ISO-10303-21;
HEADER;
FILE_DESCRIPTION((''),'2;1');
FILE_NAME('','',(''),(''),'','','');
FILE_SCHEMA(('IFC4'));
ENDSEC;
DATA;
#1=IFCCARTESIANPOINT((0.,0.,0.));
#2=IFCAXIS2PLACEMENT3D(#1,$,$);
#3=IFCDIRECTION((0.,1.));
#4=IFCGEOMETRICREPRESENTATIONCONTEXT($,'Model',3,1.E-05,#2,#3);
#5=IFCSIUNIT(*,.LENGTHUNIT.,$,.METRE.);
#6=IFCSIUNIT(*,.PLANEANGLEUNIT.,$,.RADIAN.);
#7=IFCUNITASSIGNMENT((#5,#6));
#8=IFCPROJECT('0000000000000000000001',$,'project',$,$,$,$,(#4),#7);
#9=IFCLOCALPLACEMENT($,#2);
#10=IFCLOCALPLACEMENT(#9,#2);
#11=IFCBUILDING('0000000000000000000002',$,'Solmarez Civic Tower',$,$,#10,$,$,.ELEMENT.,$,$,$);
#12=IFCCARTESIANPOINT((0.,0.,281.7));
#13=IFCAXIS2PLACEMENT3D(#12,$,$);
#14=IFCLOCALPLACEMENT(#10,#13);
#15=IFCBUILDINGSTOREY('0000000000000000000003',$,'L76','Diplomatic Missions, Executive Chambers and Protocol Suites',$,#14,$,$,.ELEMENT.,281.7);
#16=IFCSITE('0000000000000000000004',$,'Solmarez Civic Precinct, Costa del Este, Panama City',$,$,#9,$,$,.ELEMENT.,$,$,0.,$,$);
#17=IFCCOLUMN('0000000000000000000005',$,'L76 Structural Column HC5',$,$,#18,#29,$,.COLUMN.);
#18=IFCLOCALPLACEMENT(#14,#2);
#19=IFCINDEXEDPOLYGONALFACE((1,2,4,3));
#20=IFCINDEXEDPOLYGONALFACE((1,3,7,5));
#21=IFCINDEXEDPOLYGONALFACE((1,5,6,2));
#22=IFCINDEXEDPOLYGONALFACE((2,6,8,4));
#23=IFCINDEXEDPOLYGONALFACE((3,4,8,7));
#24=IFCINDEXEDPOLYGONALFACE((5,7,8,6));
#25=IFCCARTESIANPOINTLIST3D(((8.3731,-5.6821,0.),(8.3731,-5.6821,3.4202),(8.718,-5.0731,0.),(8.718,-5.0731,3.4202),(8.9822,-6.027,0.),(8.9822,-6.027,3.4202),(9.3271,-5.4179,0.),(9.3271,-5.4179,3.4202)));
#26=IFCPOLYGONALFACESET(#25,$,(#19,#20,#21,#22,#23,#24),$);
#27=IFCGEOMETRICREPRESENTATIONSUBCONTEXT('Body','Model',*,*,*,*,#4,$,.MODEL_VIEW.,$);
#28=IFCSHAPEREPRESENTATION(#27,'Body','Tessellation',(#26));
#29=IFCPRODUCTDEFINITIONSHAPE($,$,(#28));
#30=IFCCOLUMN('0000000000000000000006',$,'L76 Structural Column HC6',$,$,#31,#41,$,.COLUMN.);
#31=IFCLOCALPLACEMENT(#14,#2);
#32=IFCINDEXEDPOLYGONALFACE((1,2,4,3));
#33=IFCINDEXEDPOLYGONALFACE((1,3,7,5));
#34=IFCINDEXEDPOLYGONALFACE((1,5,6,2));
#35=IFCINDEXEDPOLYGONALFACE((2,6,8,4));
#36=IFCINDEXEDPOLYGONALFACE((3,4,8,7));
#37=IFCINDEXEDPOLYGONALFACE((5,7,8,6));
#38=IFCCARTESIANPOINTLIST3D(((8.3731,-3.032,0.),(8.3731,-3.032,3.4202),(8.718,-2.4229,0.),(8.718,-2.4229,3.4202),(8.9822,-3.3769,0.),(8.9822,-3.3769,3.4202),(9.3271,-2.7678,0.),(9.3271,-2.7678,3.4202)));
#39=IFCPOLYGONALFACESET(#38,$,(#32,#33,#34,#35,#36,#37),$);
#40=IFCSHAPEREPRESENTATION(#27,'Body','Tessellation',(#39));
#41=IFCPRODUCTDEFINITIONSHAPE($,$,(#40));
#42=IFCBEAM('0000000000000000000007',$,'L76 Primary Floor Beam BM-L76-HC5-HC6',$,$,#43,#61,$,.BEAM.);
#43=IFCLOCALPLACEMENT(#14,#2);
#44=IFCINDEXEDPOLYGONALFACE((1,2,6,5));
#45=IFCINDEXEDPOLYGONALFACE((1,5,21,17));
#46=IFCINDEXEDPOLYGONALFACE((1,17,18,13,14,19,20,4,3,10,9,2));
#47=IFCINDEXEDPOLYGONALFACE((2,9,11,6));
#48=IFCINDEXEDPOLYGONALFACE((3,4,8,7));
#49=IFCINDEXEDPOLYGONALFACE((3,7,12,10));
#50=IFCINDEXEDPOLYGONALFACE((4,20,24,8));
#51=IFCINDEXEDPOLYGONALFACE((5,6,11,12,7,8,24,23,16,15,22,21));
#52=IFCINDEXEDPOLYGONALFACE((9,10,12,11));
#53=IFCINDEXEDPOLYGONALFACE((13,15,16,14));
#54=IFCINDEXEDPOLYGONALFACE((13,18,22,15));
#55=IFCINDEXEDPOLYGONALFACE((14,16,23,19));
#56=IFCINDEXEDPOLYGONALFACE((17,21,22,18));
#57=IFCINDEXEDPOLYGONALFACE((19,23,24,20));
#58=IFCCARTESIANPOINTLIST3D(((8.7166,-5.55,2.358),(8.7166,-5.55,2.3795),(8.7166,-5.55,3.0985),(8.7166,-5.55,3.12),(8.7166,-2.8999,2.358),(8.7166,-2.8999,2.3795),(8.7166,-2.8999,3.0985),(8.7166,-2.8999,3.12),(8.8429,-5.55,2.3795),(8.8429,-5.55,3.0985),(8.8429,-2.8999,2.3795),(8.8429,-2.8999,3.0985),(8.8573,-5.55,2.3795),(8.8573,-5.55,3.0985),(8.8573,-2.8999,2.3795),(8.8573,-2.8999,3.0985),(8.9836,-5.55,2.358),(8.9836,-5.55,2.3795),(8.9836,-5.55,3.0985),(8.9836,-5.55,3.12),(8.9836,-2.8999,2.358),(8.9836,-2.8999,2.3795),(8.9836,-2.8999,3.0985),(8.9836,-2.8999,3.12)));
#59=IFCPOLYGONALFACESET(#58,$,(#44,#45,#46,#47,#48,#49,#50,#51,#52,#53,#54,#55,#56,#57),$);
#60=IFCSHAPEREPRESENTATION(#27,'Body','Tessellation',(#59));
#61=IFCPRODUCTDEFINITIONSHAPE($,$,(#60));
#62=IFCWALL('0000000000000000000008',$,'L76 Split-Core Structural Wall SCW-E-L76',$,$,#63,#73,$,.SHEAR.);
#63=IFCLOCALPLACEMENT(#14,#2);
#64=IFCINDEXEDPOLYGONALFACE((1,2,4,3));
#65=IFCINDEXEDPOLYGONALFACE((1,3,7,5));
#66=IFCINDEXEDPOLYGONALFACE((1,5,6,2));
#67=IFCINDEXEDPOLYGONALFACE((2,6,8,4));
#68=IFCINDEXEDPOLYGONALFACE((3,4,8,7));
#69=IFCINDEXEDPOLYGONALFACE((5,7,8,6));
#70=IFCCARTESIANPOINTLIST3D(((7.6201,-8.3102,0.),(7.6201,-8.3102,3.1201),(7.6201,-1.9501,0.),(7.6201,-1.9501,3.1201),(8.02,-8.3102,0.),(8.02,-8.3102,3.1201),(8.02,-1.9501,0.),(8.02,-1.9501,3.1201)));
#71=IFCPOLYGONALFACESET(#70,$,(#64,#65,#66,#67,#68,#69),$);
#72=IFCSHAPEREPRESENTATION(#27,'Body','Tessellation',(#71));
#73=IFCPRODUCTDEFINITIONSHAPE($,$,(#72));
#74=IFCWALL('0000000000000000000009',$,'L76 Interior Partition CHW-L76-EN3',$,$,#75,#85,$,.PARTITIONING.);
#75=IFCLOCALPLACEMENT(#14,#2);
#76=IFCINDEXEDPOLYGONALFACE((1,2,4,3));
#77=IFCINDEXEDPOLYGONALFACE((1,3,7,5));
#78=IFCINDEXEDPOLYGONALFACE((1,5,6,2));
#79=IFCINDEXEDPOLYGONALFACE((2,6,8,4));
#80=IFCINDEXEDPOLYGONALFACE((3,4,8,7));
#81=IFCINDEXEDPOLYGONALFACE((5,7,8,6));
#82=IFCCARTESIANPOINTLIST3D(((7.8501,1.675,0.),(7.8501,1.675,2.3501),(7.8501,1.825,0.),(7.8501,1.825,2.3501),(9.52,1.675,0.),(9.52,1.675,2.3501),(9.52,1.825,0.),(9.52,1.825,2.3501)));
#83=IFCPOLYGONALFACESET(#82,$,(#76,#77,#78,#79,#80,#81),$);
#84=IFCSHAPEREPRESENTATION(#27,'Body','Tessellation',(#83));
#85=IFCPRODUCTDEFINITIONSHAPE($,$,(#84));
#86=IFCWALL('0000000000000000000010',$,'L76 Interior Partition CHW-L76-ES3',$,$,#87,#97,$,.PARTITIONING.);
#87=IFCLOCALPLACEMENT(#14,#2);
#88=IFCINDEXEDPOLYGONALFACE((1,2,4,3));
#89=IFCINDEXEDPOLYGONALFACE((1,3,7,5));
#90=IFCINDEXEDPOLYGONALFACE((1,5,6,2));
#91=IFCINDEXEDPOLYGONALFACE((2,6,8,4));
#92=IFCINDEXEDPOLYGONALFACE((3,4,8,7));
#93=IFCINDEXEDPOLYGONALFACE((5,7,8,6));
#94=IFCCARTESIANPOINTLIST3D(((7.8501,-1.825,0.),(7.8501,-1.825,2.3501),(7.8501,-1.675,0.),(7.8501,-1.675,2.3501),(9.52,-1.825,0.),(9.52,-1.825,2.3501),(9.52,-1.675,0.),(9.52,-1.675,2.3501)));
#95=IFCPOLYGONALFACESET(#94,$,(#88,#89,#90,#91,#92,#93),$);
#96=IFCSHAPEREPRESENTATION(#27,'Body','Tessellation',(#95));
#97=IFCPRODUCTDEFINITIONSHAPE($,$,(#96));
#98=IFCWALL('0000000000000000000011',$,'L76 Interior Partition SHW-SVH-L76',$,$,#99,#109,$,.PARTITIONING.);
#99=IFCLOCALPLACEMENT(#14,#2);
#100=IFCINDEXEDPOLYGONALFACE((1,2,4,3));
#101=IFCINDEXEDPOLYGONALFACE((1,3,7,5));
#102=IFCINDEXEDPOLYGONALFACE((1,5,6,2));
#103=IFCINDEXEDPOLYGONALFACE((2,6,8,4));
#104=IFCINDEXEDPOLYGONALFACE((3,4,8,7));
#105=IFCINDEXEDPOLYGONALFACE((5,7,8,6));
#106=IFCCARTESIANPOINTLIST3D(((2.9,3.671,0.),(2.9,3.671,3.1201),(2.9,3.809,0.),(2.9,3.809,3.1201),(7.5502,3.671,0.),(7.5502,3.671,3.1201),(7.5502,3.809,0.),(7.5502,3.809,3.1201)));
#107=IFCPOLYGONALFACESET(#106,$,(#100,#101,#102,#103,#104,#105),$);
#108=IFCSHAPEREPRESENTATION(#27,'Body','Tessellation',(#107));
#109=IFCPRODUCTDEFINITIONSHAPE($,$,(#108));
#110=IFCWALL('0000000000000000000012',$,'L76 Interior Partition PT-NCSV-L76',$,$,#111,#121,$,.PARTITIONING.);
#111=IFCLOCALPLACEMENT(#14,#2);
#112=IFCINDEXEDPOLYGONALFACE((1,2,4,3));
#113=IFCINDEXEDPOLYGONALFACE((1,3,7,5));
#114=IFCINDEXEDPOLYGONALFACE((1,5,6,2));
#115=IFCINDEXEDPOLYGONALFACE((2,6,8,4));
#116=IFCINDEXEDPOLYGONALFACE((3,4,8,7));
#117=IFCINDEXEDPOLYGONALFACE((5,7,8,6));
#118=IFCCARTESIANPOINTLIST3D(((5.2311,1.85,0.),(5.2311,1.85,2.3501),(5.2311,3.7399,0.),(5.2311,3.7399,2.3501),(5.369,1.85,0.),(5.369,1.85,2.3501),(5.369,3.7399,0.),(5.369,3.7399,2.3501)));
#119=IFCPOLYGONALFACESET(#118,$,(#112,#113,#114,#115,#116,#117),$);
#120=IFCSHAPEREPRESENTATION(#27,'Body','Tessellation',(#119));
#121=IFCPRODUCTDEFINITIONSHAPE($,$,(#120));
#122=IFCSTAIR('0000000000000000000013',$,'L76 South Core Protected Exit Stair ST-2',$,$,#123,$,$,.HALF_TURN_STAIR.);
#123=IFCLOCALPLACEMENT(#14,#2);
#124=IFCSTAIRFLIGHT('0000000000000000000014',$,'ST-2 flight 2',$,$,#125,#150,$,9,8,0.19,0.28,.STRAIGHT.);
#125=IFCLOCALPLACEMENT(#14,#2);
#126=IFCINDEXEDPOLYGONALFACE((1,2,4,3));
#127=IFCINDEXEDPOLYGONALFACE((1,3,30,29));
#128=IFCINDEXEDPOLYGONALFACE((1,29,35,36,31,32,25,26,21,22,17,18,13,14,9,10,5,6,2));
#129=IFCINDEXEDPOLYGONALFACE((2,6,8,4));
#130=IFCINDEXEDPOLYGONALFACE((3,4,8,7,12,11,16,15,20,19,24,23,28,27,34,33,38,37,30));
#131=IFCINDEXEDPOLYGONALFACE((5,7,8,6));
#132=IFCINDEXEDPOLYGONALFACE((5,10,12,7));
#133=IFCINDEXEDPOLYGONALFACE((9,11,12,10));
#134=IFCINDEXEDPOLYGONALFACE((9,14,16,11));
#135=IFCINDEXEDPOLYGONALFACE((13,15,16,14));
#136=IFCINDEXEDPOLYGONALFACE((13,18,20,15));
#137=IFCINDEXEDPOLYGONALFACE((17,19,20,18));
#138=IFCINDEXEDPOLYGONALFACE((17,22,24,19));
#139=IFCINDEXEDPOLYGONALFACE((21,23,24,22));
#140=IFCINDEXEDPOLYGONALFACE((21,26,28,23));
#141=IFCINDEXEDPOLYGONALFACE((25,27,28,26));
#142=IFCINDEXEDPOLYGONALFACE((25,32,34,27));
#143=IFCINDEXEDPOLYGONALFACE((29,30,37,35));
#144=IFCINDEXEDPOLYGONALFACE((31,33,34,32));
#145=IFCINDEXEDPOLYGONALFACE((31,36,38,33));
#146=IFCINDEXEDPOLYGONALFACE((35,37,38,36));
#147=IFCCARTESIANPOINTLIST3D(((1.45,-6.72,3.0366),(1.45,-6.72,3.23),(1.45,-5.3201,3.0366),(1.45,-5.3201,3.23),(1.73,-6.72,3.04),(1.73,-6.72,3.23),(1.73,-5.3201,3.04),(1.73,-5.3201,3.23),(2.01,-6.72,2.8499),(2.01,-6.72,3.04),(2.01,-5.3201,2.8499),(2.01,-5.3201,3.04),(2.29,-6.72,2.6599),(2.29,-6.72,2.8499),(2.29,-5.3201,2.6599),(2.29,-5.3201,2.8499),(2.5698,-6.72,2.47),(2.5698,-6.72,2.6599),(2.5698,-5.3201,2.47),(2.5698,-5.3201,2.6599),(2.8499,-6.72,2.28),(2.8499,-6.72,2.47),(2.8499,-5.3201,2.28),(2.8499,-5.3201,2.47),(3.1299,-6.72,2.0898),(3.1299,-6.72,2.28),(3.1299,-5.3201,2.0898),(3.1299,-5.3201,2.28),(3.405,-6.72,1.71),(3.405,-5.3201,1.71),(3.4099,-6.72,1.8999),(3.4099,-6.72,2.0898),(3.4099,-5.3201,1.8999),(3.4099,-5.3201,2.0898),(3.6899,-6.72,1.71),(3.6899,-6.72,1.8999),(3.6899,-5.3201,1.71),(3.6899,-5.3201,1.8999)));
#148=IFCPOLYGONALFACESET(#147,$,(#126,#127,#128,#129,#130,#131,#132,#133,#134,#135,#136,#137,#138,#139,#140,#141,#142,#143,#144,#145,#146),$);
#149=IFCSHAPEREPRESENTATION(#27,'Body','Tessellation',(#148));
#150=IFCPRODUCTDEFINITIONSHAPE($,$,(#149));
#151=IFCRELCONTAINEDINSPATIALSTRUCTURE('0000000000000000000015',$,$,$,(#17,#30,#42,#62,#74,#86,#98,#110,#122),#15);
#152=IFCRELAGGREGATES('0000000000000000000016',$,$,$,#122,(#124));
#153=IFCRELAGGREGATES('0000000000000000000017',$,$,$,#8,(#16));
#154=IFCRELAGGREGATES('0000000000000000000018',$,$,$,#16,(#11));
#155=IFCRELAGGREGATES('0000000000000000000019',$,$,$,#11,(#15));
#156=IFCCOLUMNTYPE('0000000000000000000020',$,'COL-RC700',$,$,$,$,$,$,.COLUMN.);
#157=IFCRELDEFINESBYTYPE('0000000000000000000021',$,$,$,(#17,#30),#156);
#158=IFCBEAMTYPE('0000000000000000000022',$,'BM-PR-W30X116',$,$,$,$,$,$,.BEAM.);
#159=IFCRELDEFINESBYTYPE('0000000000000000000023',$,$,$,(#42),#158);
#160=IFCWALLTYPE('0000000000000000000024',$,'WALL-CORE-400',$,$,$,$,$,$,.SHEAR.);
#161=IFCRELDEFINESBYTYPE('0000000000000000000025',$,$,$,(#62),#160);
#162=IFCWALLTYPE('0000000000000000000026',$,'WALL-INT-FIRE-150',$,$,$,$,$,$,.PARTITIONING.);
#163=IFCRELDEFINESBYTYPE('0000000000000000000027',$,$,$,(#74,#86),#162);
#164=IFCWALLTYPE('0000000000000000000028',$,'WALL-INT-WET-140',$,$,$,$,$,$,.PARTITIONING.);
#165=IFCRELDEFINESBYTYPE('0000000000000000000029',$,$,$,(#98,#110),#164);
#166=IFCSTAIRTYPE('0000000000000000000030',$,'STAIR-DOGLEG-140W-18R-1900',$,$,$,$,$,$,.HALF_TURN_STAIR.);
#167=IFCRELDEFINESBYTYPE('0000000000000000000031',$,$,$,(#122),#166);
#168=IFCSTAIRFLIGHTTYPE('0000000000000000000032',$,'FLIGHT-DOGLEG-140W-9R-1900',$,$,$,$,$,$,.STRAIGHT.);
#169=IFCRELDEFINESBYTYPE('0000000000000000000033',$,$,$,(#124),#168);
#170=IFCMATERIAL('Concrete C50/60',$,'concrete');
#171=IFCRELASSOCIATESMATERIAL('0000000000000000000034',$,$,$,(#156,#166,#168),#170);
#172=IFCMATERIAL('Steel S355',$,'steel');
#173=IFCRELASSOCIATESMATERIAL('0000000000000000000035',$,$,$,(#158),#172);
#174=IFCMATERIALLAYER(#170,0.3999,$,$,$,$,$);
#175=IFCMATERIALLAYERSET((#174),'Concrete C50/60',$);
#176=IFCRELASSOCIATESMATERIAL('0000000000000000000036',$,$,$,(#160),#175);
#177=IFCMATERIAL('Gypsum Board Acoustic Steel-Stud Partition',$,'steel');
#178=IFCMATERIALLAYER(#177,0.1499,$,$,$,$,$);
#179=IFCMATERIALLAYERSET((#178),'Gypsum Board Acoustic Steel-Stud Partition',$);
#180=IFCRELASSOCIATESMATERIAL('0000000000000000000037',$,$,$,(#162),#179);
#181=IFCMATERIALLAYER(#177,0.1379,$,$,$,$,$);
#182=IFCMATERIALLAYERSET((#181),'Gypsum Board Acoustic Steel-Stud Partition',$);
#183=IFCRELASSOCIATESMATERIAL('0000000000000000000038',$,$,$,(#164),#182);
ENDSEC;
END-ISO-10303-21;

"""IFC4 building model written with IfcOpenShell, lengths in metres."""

from ifc_helpers import new_model, si_unit, direction, frame, frame_2d, origin, origin_2d, place, context, subcontext, project, spatial, polyline, rectangle, i_section, outline, extrude, material, layer, layer_set, material_profile, profile_set, type_object, element, aggregate, save


model = new_model("IFC4")

# Units and contexts
model_context = context("Model", 3, precision=1e-05, world=origin(), true_north=direction((0.0, 1.0)))
body_context = subcontext(model_context, "Body", "Model", "MODEL_VIEW")
ifc_project = project(units=[si_unit("LENGTHUNIT", "METRE"), si_unit("PLANEANGLEUNIT", "RADIAN")], contexts=[model_context])

# Site, building, storey
site_placement = place(None, origin())
site = spatial("IfcSite", under=ifc_project, at=site_placement, Name="Solmarez Civic Precinct, Costa del Este, Panama City", CompositionType="ELEMENT", RefElevation=0.0)
building_placement = place(site_placement, origin())
building = spatial("IfcBuilding", under=site, at=building_placement, Name="Solmarez Civic Tower", CompositionType="ELEMENT")
storey_placement = place(building_placement, frame((0.0, 0.0, 281.7)))
storey = spatial("IfcBuildingStorey", under=building, at=storey_placement, Name="L76", Description="Diplomatic Missions, Executive Chambers and Protocol Suites", CompositionType="ELEMENT", Elevation=281.7)

# Columns
ifc_material_1 = material(Name="Concrete C50/60", Category="concrete")
ifc_material_profile_1 = material_profile(ifc_material_1, rectangle(XDim=0.7, YDim=0.7, at=origin_2d()), Name="RC700X700")
ifc_profile_set_1 = profile_set([ifc_material_profile_1], Name="Concrete C50/60")
column_type = type_object("IfcColumnType", Name="COL-RC700", PredefinedType="COLUMN", material=ifc_profile_set_1)
for number, where, z_axis, x_axis, name in (
    (1, (8.8501, -5.55, 0.0), (0.0, 0.0, 1.0), (0.492727, 0.870184, 0.0), "L76 Structural Column HC5"),
    (2, (8.8501, -2.8999, 0.0), (0.0, 0.0, 1.0), (0.492727, 0.870184, 0.0), "L76 Structural Column HC6"),
):
    element("IfcColumn", number, at=place(storey_placement, frame(where, z_axis=z_axis, x_axis=x_axis)), inside=storey, type_object=column_type, Name=name, PredefinedType="COLUMN", context=body_context, shape_type="SweptSolid", body=[
        extrude(rectangle(XDim=0.7, YDim=0.7, at=origin_2d()), origin(), (0.0, 0.0, 1.0), 3.4202),
    ])

# Beam
ifc_material_2 = material(Name="Steel S355", Category="steel")
ifc_material_profile_2 = material_profile(ifc_material_2, i_section(OverallWidth=0.2671, OverallDepth=0.762, WebThickness=0.0144, FlangeThickness=0.0215, at=origin_2d()), Name="W30X116")
ifc_profile_set_2 = profile_set([ifc_material_profile_2], Name="Steel S355")
beam_type = type_object("IfcBeamType", Name="BM-PR-W30X116", PredefinedType="BEAM", material=ifc_profile_set_2)
beam_placement = place(storey_placement, frame((8.8501, -5.55, 2.739), z_axis=(0.0, 1.0, 0.0), x_axis=(-1.0, 0.0, 0.0)))
element("IfcBeam", 3, at=beam_placement, inside=storey, type_object=beam_type, Name="L76 Primary Floor Beam BM-L76-HC5-HC6", PredefinedType="BEAM", context=body_context, shape_type="SweptSolid", body=[
    extrude(i_section(OverallWidth=0.2671, OverallDepth=0.762, WebThickness=0.0144, FlangeThickness=0.0215, at=origin_2d()), origin(), (0.0, 0.0, 1.0), 2.6501),
])

# Shared definitions
ifc_layer_1 = layer(ifc_material_1, 0.3999)
ifc_layer_set_1 = layer_set([ifc_layer_1], Name="Concrete C50/60")
wall_type_1 = type_object("IfcWallType", Name="WALL-CORE-400", PredefinedType="SHEAR", material=ifc_layer_set_1)

# Walls
wall_1_placement = place(storey_placement, frame((7.8201, -1.95, 0.0), z_axis=(0.0, 0.0, 1.0), x_axis=(0.0, -1.0, 0.0)))
element("IfcWall", 4, at=wall_1_placement, inside=storey, type_object=wall_type_1, Name="L76 Split-Core Structural Wall SCW-E-L76", PredefinedType="SHEAR", context=body_context, shape_type="SweptSolid", body=[
    extrude(rectangle(XDim=6.3601, YDim=0.3999, at=frame_2d((3.1802, 0.0))), origin(), (0.0, 0.0, 1.0), 3.1201),
])
ifc_material_3 = material(Name="Gypsum Board Acoustic Steel-Stud Partition", Category="steel")
ifc_layer_2 = layer(ifc_material_3, 0.1499)
ifc_layer_set_2 = layer_set([ifc_layer_2], Name="Gypsum Board Acoustic Steel-Stud Partition")
wall_type_2 = type_object("IfcWallType", Name="WALL-INT-FIRE-150", PredefinedType="PARTITIONING", material=ifc_layer_set_2)
for number, where, z_axis, x_axis, name in (
    (5, (7.8501, 1.75, 0.0), (0.0, 0.0, 1.0), (1.0, 0.0, 0.0), "L76 Interior Partition CHW-L76-EN3"),
    (6, (7.8501, -1.75, 0.0), (0.0, 0.0, 1.0), (1.0, 0.0, 0.0), "L76 Interior Partition CHW-L76-ES3"),
):
    element("IfcWall", number, at=place(storey_placement, frame(where, z_axis=z_axis, x_axis=x_axis)), inside=storey, type_object=wall_type_2, Name=name, PredefinedType="PARTITIONING", context=body_context, shape_type="SweptSolid", body=[
        extrude(rectangle(XDim=1.6699, YDim=0.1499, at=frame_2d((0.835, 0.0))), origin(), (0.0, 0.0, 1.0), 2.3501),
    ])
ifc_layer_3 = layer(ifc_material_3, 0.1379)
ifc_layer_set_3 = layer_set([ifc_layer_3], Name="Gypsum Board Acoustic Steel-Stud Partition")
wall_type_3 = type_object("IfcWallType", Name="WALL-INT-WET-140", PredefinedType="PARTITIONING", material=ifc_layer_set_3)
wall_2_placement = place(storey_placement, frame((2.8999, 3.74, 0.0), z_axis=(0.0, 0.0, 1.0), x_axis=(1.0, 0.0, 0.0)))
element("IfcWall", 7, at=wall_2_placement, inside=storey, type_object=wall_type_3, Name="L76 Interior Partition SHW-SVH-L76", PredefinedType="PARTITIONING", context=body_context, shape_type="SweptSolid", body=[
    extrude(rectangle(XDim=4.6501, YDim=0.1379, at=frame_2d((2.3252, 0.0))), origin(), (0.0, 0.0, 1.0), 3.1201),
])
wall_3_placement = place(storey_placement, frame((5.3, 1.8501, 0.0), z_axis=(0.0, 0.0, 1.0), x_axis=(0.0, 1.0, 0.0)))
element("IfcWall", 8, at=wall_3_placement, inside=storey, type_object=wall_type_3, Name="L76 Interior Partition PT-NCSV-L76", PredefinedType="PARTITIONING", context=body_context, shape_type="SweptSolid", body=[
    extrude(rectangle(XDim=1.8899, YDim=0.1379, at=frame_2d((0.9448, 0.0))), origin(), (0.0, 0.0, 1.0), 2.3501),
])

# Stair, stair flight
stair_type = type_object("IfcStairType", Name="STAIR-DOGLEG-140W-18R-1900", PredefinedType="HALF_TURN_STAIR", material=ifc_material_1)
stair_placement = place(storey_placement, origin())
stair = element("IfcStair", 9, at=stair_placement, inside=storey, type_object=stair_type, Name="L76 South Core Protected Exit Stair ST-2", PredefinedType="HALF_TURN_STAIR")
stair_flight_type = type_object("IfcStairFlightType", Name="FLIGHT-DOGLEG-140W-9R-1900", PredefinedType="STRAIGHT", material=ifc_material_1)
stair_flight_placement = place(storey_placement, frame((3.6899, -6.02, 1.71), z_axis=(0.0, 0.0, 1.0), x_axis=(-1.0, 0.0, 0.0)))
stair_flight = element("IfcStairFlight", 10, at=stair_flight_placement, type_object=stair_flight_type, Name="ST-2 flight 2", NumberOfRisers=9, NumberOfTreads=8, PredefinedType="STRAIGHT", RiserHeight=0.19, TreadLength=0.28, context=body_context, shape_type="SweptSolid", body=[
    extrude(outline(polyline([(0.0, 0.0), (0.0, 0.1899), (0.28, 0.1899), (0.28, 0.3799), (0.5601, 0.3799), (0.5601, 0.5701), (0.8401, 0.5701), (0.8401, 0.76), (1.1201, 0.76), (1.1201, 0.95), (1.3999, 0.95), (1.3999, 1.1399), (1.6799, 1.1399), (1.6799, 1.3301), (1.96, 1.3301), (1.96, 1.52), (2.24, 1.52), (2.24, 1.71), (2.24, 1.3267), (0.2849, 0.0), (0.0, 0.0)])), frame((0.0, 0.7, 0.0), z_axis=(0.0, -1.0, 0.0), x_axis=(1.0, 0.0, 0.0)), (0.0, 0.0, 1.0), 1.3999),
])
aggregate(stair, [stair_flight])

save(model, "model.ifc")
